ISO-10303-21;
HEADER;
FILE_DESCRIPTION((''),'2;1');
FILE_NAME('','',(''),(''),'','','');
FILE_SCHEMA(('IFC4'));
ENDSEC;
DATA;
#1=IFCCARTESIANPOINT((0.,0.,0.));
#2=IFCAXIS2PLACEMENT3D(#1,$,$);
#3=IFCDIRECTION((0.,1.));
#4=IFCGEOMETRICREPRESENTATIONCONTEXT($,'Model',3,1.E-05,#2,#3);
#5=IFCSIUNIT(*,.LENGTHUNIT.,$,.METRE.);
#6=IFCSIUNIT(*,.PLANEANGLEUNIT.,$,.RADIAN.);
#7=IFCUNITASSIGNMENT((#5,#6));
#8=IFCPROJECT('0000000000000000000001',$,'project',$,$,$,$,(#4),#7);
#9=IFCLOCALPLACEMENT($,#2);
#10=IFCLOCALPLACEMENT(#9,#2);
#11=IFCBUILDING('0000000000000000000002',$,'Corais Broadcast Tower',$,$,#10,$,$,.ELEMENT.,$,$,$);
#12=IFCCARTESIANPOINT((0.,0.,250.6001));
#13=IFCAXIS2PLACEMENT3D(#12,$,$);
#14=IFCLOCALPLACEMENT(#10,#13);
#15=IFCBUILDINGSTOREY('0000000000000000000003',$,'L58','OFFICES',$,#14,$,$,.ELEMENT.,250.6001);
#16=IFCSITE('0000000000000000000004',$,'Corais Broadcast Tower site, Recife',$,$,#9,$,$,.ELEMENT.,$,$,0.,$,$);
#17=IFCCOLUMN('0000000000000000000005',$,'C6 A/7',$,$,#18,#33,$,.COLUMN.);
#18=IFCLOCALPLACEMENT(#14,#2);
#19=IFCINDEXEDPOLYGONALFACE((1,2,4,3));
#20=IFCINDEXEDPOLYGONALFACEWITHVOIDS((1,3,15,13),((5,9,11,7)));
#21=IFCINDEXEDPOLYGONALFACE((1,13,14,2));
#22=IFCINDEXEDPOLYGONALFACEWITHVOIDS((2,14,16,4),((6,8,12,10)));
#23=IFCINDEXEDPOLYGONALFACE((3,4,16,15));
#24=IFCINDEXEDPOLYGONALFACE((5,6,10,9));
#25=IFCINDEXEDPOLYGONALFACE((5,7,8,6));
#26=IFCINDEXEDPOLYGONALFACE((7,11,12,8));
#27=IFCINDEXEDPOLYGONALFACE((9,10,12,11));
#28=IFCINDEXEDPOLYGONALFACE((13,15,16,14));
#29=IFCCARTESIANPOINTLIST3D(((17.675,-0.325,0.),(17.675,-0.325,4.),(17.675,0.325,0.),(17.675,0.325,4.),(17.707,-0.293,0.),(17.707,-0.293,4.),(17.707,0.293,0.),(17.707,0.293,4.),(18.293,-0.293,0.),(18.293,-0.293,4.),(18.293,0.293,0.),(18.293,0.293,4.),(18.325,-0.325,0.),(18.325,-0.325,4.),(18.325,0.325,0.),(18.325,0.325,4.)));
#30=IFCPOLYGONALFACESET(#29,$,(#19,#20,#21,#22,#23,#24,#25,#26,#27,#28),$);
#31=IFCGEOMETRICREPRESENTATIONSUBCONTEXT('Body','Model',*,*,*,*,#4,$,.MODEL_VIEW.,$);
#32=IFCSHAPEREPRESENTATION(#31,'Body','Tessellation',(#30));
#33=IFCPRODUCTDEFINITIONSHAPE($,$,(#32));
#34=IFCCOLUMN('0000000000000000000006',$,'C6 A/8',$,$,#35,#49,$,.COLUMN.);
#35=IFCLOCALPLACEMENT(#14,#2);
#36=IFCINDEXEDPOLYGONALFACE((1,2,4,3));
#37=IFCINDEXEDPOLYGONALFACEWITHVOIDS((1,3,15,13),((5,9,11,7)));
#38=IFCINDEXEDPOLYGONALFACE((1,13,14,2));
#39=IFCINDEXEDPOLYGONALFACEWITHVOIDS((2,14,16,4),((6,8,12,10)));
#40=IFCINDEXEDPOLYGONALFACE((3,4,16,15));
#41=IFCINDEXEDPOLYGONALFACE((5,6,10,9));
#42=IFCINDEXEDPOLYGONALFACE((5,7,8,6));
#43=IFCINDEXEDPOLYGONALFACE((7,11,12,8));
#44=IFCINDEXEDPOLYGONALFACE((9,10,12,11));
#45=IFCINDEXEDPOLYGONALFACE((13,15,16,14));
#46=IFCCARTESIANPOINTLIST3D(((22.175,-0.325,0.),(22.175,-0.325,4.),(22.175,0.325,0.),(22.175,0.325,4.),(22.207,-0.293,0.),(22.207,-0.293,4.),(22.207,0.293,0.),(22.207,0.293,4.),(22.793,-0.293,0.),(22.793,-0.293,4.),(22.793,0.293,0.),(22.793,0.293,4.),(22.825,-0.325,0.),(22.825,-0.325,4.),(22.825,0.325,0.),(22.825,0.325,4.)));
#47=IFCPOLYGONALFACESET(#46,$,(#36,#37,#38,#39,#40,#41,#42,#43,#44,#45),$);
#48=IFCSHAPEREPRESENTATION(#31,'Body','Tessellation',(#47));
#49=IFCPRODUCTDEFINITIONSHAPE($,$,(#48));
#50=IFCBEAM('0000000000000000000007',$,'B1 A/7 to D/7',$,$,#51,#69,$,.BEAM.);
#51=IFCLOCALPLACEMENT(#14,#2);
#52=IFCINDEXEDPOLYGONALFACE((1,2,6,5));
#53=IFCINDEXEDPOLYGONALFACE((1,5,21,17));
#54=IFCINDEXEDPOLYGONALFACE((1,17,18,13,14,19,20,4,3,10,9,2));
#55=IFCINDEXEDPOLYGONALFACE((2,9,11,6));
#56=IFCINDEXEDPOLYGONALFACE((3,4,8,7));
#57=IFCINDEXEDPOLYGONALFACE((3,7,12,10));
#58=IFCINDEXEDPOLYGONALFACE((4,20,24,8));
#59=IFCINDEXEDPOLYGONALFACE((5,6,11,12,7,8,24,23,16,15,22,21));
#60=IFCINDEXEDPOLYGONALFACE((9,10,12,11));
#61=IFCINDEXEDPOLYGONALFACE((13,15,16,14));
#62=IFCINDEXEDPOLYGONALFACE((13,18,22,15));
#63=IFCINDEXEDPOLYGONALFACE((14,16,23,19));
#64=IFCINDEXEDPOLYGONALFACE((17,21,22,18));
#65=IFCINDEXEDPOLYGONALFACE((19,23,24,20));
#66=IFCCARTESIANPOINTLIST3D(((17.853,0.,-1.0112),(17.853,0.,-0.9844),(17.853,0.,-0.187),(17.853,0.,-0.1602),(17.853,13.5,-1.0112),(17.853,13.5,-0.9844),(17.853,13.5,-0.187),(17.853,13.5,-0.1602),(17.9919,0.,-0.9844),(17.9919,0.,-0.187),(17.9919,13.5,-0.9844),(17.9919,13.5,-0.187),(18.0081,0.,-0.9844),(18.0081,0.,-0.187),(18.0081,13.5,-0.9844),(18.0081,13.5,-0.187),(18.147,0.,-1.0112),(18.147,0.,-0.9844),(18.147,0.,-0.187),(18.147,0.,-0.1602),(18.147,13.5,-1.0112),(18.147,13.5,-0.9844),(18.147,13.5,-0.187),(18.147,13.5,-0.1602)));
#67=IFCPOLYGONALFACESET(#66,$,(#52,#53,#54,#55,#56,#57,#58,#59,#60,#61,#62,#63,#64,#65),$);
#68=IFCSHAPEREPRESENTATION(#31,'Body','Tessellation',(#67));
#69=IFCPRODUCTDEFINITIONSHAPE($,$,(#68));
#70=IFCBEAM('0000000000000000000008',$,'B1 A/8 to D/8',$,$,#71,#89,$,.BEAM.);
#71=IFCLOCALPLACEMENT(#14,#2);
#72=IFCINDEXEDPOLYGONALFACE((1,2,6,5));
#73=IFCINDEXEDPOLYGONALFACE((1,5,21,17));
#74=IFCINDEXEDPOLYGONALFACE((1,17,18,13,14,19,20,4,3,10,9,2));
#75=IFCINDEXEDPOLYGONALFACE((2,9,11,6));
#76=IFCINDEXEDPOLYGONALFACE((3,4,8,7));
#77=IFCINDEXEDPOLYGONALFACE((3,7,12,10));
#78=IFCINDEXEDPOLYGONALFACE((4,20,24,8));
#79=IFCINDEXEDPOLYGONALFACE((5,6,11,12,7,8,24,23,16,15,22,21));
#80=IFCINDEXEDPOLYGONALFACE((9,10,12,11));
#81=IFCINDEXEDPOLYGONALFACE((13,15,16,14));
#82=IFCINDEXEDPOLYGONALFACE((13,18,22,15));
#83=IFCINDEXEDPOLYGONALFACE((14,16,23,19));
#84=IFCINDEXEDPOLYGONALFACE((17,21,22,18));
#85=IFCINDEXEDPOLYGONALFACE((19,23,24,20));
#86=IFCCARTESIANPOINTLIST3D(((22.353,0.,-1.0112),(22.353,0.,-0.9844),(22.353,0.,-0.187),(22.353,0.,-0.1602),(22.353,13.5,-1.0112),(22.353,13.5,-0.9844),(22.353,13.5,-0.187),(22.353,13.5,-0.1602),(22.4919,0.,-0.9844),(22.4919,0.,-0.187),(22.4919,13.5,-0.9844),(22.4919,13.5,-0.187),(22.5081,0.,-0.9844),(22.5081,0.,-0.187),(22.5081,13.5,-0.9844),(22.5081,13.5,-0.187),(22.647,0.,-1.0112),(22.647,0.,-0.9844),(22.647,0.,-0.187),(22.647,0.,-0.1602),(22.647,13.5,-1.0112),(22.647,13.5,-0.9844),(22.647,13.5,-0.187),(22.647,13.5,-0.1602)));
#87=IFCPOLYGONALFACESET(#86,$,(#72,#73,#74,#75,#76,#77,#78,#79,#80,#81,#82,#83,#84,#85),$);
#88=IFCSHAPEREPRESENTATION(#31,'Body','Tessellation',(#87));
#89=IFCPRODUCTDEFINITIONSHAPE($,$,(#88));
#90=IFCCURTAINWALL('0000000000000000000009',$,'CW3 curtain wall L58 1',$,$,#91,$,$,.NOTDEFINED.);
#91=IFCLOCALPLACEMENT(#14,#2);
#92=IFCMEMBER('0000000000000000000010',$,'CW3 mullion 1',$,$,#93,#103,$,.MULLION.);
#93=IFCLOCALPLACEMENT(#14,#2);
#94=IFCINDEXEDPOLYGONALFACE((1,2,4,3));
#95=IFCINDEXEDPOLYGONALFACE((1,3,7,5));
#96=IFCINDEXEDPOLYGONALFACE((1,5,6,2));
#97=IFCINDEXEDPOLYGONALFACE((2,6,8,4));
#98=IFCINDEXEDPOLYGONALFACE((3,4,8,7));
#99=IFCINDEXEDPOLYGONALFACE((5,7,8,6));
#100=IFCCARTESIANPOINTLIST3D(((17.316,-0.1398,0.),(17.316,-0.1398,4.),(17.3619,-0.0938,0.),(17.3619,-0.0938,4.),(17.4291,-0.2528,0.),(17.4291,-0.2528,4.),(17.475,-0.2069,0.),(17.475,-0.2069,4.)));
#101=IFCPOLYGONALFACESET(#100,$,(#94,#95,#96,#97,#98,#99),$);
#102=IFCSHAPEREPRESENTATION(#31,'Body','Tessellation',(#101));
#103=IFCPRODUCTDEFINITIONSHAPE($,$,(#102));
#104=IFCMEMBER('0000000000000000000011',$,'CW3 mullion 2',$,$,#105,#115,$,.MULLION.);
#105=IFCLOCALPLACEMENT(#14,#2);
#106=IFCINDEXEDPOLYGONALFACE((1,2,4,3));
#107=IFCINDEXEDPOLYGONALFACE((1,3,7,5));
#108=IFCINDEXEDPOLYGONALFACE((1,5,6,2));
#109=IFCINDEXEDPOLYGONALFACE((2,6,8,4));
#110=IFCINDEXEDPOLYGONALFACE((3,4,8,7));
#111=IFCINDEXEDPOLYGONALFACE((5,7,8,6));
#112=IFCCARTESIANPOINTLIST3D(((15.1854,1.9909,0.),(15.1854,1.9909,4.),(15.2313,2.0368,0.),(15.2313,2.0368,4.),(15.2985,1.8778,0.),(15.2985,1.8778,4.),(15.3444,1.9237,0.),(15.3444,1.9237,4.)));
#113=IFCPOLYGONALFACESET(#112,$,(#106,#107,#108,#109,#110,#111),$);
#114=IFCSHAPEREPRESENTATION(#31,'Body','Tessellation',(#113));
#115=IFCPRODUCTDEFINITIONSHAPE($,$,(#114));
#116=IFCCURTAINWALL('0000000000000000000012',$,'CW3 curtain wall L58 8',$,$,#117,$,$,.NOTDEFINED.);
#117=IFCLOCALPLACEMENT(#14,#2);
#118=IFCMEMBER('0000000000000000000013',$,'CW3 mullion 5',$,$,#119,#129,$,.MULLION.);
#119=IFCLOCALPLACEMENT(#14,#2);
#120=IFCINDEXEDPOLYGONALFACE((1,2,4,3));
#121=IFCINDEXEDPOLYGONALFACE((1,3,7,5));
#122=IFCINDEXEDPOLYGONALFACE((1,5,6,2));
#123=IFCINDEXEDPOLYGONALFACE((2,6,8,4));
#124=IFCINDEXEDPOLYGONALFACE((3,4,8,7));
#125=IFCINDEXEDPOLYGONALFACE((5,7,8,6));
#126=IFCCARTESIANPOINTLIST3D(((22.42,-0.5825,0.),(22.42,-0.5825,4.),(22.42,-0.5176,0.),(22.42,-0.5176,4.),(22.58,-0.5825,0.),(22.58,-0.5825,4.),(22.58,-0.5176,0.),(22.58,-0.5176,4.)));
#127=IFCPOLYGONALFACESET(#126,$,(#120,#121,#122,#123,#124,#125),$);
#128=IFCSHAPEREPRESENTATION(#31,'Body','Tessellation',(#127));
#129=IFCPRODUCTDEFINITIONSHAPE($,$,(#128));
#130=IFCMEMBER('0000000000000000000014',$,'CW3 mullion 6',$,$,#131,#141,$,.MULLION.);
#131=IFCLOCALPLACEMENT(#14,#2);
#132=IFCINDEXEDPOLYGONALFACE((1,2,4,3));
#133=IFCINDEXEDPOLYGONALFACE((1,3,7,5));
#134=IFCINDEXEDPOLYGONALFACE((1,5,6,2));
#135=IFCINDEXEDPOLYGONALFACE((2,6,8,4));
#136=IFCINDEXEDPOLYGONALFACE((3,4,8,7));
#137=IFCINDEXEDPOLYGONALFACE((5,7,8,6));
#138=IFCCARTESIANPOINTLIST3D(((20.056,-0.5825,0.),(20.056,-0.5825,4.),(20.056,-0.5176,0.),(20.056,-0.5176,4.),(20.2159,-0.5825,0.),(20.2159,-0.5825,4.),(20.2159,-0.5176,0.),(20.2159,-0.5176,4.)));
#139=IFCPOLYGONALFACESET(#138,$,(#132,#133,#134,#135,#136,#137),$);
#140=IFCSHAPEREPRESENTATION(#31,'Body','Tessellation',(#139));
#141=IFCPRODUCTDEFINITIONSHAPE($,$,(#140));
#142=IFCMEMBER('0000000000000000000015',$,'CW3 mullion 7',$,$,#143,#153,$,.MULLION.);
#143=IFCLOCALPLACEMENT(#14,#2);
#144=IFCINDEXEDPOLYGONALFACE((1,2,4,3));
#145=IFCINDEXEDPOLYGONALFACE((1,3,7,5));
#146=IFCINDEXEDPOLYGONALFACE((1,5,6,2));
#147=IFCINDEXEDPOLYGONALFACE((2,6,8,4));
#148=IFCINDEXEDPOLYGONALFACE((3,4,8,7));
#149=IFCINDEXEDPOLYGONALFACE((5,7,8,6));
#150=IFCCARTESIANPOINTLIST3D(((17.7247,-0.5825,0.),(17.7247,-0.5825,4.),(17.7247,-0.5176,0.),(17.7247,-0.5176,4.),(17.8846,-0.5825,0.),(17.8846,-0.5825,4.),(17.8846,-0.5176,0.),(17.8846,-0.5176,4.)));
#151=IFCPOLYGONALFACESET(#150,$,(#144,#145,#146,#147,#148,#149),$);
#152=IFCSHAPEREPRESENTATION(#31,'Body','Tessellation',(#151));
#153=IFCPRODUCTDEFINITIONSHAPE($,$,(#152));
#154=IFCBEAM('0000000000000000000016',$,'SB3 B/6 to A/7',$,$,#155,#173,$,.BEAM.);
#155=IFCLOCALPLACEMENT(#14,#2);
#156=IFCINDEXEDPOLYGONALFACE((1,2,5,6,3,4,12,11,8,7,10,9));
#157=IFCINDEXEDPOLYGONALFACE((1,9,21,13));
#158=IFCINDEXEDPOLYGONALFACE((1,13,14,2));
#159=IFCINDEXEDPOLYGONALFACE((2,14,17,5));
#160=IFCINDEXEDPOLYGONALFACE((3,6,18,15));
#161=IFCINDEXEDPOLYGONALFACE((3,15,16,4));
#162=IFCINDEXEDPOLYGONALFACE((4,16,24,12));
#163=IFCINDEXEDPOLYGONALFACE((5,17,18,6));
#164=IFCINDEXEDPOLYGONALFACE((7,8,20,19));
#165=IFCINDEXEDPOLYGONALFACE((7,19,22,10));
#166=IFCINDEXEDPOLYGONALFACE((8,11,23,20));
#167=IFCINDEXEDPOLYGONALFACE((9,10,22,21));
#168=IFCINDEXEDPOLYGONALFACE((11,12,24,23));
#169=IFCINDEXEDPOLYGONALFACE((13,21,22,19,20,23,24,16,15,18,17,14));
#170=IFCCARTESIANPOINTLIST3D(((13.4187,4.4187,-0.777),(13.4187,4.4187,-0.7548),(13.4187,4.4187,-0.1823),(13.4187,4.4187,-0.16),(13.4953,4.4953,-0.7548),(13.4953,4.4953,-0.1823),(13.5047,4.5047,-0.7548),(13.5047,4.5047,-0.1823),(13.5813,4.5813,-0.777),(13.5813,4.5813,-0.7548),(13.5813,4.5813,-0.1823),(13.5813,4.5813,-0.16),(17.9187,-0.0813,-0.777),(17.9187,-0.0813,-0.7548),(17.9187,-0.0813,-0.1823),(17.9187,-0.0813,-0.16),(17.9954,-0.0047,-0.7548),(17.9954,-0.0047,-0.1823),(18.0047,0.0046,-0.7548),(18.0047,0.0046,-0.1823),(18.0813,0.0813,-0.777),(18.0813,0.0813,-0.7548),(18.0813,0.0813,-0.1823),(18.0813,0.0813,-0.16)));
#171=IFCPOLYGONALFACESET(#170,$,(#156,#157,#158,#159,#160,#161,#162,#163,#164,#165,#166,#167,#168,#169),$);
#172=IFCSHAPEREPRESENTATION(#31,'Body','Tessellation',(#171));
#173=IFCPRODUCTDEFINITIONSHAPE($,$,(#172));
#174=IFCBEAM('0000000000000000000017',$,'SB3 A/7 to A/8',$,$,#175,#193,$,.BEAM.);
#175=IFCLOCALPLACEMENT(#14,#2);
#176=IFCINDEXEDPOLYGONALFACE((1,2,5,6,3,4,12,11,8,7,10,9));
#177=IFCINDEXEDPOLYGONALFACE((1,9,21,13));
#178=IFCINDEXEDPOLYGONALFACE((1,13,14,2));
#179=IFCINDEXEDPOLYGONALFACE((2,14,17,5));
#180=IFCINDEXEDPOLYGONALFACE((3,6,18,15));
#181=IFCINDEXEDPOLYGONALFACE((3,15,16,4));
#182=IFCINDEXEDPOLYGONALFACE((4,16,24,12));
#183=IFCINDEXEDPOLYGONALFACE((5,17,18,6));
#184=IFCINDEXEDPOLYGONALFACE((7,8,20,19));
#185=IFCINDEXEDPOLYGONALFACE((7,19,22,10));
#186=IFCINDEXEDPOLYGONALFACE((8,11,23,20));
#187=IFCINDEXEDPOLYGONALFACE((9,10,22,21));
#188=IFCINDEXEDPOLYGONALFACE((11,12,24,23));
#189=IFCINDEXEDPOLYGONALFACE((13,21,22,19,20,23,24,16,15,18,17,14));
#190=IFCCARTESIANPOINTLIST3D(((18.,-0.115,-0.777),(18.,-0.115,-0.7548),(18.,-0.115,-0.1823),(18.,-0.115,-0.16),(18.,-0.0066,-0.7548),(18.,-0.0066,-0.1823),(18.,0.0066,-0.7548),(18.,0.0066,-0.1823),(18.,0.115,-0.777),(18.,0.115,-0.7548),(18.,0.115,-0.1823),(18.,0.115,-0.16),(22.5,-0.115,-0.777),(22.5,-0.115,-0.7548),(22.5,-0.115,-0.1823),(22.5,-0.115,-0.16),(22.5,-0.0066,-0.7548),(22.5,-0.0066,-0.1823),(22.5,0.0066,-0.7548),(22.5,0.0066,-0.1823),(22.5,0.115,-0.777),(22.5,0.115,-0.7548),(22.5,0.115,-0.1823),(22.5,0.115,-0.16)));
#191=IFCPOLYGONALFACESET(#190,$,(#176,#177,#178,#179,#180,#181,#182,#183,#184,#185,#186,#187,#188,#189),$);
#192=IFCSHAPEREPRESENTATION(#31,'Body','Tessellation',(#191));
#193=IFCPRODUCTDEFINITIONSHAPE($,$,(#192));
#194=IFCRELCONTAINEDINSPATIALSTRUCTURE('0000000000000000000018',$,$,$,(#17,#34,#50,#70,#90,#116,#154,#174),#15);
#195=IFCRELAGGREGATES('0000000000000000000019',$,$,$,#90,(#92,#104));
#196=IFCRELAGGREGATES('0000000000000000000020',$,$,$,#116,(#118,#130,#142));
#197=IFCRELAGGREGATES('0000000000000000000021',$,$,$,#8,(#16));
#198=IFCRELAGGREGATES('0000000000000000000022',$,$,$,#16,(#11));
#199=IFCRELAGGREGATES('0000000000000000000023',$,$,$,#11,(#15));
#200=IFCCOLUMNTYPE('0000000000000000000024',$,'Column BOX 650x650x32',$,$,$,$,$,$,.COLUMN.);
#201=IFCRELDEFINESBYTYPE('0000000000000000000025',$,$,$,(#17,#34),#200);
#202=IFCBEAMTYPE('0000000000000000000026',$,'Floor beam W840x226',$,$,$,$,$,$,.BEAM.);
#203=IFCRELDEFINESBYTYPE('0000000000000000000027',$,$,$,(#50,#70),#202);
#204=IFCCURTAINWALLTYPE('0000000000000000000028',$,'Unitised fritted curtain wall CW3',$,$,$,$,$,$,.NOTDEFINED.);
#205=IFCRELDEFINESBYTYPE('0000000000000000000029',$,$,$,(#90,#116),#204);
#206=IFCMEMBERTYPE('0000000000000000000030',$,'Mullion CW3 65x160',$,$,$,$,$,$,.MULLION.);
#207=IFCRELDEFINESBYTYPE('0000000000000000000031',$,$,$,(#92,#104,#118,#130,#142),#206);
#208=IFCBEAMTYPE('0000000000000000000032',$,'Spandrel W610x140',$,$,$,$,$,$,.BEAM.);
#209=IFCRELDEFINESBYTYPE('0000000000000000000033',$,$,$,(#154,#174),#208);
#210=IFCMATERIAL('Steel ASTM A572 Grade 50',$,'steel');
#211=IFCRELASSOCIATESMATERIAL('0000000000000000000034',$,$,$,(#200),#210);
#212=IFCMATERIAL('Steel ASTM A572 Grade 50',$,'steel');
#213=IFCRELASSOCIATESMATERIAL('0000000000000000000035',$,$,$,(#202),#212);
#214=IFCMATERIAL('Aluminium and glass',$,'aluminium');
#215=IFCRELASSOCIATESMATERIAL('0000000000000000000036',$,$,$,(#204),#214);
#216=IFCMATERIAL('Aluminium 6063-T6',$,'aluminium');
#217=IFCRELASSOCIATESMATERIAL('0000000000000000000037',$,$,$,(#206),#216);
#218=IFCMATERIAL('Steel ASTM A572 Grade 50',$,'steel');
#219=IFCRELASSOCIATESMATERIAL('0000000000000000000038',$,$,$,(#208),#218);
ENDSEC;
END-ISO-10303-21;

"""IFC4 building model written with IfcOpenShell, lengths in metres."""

from ifc_helpers import new_model, si_unit, direction, frame, origin, origin_2d, place, context, subcontext, project, spatial, rectangle, hollow_rectangle, i_section, extrude, material, material_profile, profile_set, type_object, element, aggregate, save


model = new_model("IFC4")

# Units and contexts
model_context = context("Model", 3, precision=1e-05, world=origin(), true_north=direction((0.0, 1.0)))
body_context = subcontext(model_context, "Body", "Model", "MODEL_VIEW")
ifc_project = project(units=[si_unit("LENGTHUNIT", "METRE"), si_unit("PLANEANGLEUNIT", "RADIAN")], contexts=[model_context])

# Site, building, storey
site_placement = place(None, origin())
site = spatial("IfcSite", under=ifc_project, at=site_placement, Name="Corais Broadcast Tower site, Recife", CompositionType="ELEMENT", RefElevation=0.0)
building_placement = place(site_placement, origin())
building = spatial("IfcBuilding", under=site, at=building_placement, Name="Corais Broadcast Tower", CompositionType="ELEMENT")
storey_placement = place(building_placement, frame((0.0, 0.0, 250.6001)))
storey = spatial("IfcBuildingStorey", under=building, at=storey_placement, Name="L58", Description="OFFICES", CompositionType="ELEMENT", Elevation=250.6001)

# Columns
ifc_material_1 = material(Name="Steel ASTM A572 Grade 50", Category="steel")
ifc_material_profile_1 = material_profile(ifc_material_1, hollow_rectangle(XDim=0.6499, YDim=0.6499, WallThickness=0.032, at=origin_2d()), Name="BOX 650x650x32")
ifc_profile_set_1 = profile_set([ifc_material_profile_1], Name="Steel ASTM A572 Grade 50")
column_type = type_object("IfcColumnType", Name="Column BOX 650x650x32", PredefinedType="COLUMN", material=ifc_profile_set_1)
for number, where, z_axis, x_axis, name in (
    (1, (18.0, 0.0, 0.0), (0.0, 0.0, 1.0), (1.0, 0.0, 0.0), "C6 A/7"),
    (2, (22.5, 0.0, 0.0), (0.0, 0.0, 1.0), (1.0, 0.0, 0.0), "C6 A/8"),
):
    element("IfcColumn", number, at=place(storey_placement, frame(where, z_axis=z_axis, x_axis=x_axis)), inside=storey, type_object=column_type, Name=name, PredefinedType="COLUMN", context=body_context, shape_type="SweptSolid", body=[
        extrude(hollow_rectangle(XDim=0.6499, YDim=0.6499, WallThickness=0.032, at=origin_2d()), origin(), (0.0, 0.0, 1.0), 4.0),
    ])

# Beams
ifc_material_2 = material(Name="Steel ASTM A572 Grade 50", Category="steel")
ifc_material_profile_2 = material_profile(ifc_material_2, i_section(OverallWidth=0.2939, OverallDepth=0.8511, WebThickness=0.0161, FlangeThickness=0.0269, at=origin_2d()), Name="W840x226")
ifc_profile_set_2 = profile_set([ifc_material_profile_2], Name="Steel ASTM A572 Grade 50")
beam_type_1 = type_object("IfcBeamType", Name="Floor beam W840x226", PredefinedType="BEAM", material=ifc_profile_set_2)
for number, where, z_axis, x_axis, name in (
    (3, (18.0, 0.0, -0.5857), (0.0, 1.0, 0.0), (-1.0, 0.0, 0.0), "B1 A/7 to D/7"),
    (4, (22.5, 0.0, -0.5857), (0.0, 1.0, 0.0), (-1.0, 0.0, 0.0), "B1 A/8 to D/8"),
):
    element("IfcBeam", number, at=place(storey_placement, frame(where, z_axis=z_axis, x_axis=x_axis)), inside=storey, type_object=beam_type_1, Name=name, PredefinedType="BEAM", context=body_context, shape_type="SweptSolid", body=[
        extrude(i_section(OverallWidth=0.2939, OverallDepth=0.8511, WebThickness=0.0161, FlangeThickness=0.0269, at=origin_2d()), origin(), (0.0, 0.0, 1.0), 13.5),
    ])

# Curtain walls, members
ifc_material_3 = material(Name="Aluminium and glass", Category="aluminium")
curtain_wall_type = type_object("IfcCurtainWallType", Name="Unitised fritted curtain wall CW3", PredefinedType="NOTDEFINED", material=ifc_material_3)
curtain_wall_1_placement = place(storey_placement, origin())
curtain_wall_1 = element("IfcCurtainWall", 5, at=curtain_wall_1_placement, inside=storey, type_object=curtain_wall_type, Name="CW3 curtain wall L58 1", PredefinedType="NOTDEFINED")
ifc_material_4 = material(Name="Aluminium 6063-T6", Category="aluminium")
ifc_material_profile_3 = material_profile(ifc_material_4, rectangle(XDim=0.0649, YDim=0.1599, at=origin_2d()), Name="Mullion CW3 65x160")
ifc_profile_set_3 = profile_set([ifc_material_profile_3], Name="Aluminium 6063-T6")
member_type_1 = type_object("IfcMemberType", Name="Mullion CW3 65x160", PredefinedType="MULLION", material=ifc_profile_set_3)
member_1_placement = place(storey_placement, frame((17.3955, -0.1733, 0.0), z_axis=(0.0, 0.0, 1.0), x_axis=(-0.707107, -0.707107, 0.0)))
member_1 = element("IfcMember", 6, at=member_1_placement, type_object=member_type_1, Name="CW3 mullion 1", PredefinedType="MULLION", context=body_context, shape_type="SweptSolid", body=[
    extrude(rectangle(XDim=0.0649, YDim=0.1599, at=origin_2d()), origin(), (0.0, 0.0, 1.0), 4.0),
])
member_2_placement = place(storey_placement, frame((15.2649, 1.9573, 0.0), z_axis=(0.0, 0.0, 1.0), x_axis=(-0.707107, -0.707107, 0.0)))
member_2 = element("IfcMember", 7, at=member_2_placement, type_object=member_type_1, Name="CW3 mullion 2", PredefinedType="MULLION", context=body_context, shape_type="SweptSolid", body=[
    extrude(rectangle(XDim=0.0649, YDim=0.1599, at=origin_2d()), origin(), (0.0, 0.0, 1.0), 4.0),
])
curtain_wall_2_placement = place(storey_placement, origin())
curtain_wall_2 = element("IfcCurtainWall", 8, at=curtain_wall_2_placement, inside=storey, type_object=curtain_wall_type, Name="CW3 curtain wall L58 8", PredefinedType="NOTDEFINED")
member_3_placement = place(storey_placement, frame((22.5, -0.55, 0.0), z_axis=(0.0, 0.0, 1.0), x_axis=(0.0, -1.0, 0.0)))
member_3 = element("IfcMember", 9, at=member_3_placement, type_object=member_type_1, Name="CW3 mullion 5", PredefinedType="MULLION", context=body_context, shape_type="SweptSolid", body=[
    extrude(rectangle(XDim=0.0649, YDim=0.1599, at=origin_2d()), origin(), (0.0, 0.0, 1.0), 4.0),
])
member_4_placement = place(storey_placement, frame((20.136, -0.55, 0.0), z_axis=(0.0, 0.0, 1.0), x_axis=(0.0, -1.0, 0.0)))
member_4 = element("IfcMember", 10, at=member_4_placement, type_object=member_type_1, Name="CW3 mullion 6", PredefinedType="MULLION", context=body_context, shape_type="SweptSolid", body=[
    extrude(rectangle(XDim=0.0649, YDim=0.1599, at=origin_2d()), origin(), (0.0, 0.0, 1.0), 4.0),
])
member_5_placement = place(storey_placement, frame((17.8047, -0.55, 0.0), z_axis=(0.0, 0.0, 1.0), x_axis=(0.0, -1.0, 0.0)))
member_5 = element("IfcMember", 11, at=member_5_placement, type_object=member_type_1, Name="CW3 mullion 7", PredefinedType="MULLION", context=body_context, shape_type="SweptSolid", body=[
    extrude(rectangle(XDim=0.0649, YDim=0.1599, at=origin_2d()), origin(), (0.0, 0.0, 1.0), 4.0),
])

# Beams
ifc_material_5 = material(Name="Steel ASTM A572 Grade 50", Category="steel")
ifc_material_profile_4 = material_profile(ifc_material_5, i_section(OverallWidth=0.23, OverallDepth=0.6169, WebThickness=0.0132, FlangeThickness=0.0222, at=origin_2d()), Name="W610x140")
ifc_profile_set_4 = profile_set([ifc_material_profile_4], Name="Steel ASTM A572 Grade 50")
beam_type_2 = type_object("IfcBeamType", Name="Spandrel W610x140", PredefinedType="BEAM", material=ifc_profile_set_4)
beam_placement = place(storey_placement, frame((13.5, 4.5, -0.4685), z_axis=(0.707107, -0.707107, 0.0), x_axis=(0.707107, 0.707107, 0.0)))
element("IfcBeam", 12, at=beam_placement, inside=storey, type_object=beam_type_2, Name="SB3 B/6 to A/7", PredefinedType="BEAM", context=body_context, shape_type="SweptSolid", body=[
    extrude(i_section(OverallWidth=0.23, OverallDepth=0.6169, WebThickness=0.0132, FlangeThickness=0.0222, at=origin_2d()), origin(), (0.0, 0.0, 1.0), 6.364),
])
for number, where, z_axis, x_axis, name in (
    (13, (18.0, 0.0, -0.4685), (1.0, 0.0, 0.0), (0.0, 1.0, 0.0), "SB3 A/7 to A/8"),
):
    element("IfcBeam", number, at=place(storey_placement, frame(where, z_axis=z_axis, x_axis=x_axis)), inside=storey, type_object=beam_type_2, Name=name, PredefinedType="BEAM", context=body_context, shape_type="SweptSolid", body=[
        extrude(i_section(OverallWidth=0.23, OverallDepth=0.6169, WebThickness=0.0132, FlangeThickness=0.0222, at=origin_2d()), origin(), (0.0, 0.0, 1.0), 4.5),
    ])

aggregate(curtain_wall_1, [member_1, member_2])
aggregate(curtain_wall_2, [member_3, member_4, member_5])

save(model, "model.ifc")
